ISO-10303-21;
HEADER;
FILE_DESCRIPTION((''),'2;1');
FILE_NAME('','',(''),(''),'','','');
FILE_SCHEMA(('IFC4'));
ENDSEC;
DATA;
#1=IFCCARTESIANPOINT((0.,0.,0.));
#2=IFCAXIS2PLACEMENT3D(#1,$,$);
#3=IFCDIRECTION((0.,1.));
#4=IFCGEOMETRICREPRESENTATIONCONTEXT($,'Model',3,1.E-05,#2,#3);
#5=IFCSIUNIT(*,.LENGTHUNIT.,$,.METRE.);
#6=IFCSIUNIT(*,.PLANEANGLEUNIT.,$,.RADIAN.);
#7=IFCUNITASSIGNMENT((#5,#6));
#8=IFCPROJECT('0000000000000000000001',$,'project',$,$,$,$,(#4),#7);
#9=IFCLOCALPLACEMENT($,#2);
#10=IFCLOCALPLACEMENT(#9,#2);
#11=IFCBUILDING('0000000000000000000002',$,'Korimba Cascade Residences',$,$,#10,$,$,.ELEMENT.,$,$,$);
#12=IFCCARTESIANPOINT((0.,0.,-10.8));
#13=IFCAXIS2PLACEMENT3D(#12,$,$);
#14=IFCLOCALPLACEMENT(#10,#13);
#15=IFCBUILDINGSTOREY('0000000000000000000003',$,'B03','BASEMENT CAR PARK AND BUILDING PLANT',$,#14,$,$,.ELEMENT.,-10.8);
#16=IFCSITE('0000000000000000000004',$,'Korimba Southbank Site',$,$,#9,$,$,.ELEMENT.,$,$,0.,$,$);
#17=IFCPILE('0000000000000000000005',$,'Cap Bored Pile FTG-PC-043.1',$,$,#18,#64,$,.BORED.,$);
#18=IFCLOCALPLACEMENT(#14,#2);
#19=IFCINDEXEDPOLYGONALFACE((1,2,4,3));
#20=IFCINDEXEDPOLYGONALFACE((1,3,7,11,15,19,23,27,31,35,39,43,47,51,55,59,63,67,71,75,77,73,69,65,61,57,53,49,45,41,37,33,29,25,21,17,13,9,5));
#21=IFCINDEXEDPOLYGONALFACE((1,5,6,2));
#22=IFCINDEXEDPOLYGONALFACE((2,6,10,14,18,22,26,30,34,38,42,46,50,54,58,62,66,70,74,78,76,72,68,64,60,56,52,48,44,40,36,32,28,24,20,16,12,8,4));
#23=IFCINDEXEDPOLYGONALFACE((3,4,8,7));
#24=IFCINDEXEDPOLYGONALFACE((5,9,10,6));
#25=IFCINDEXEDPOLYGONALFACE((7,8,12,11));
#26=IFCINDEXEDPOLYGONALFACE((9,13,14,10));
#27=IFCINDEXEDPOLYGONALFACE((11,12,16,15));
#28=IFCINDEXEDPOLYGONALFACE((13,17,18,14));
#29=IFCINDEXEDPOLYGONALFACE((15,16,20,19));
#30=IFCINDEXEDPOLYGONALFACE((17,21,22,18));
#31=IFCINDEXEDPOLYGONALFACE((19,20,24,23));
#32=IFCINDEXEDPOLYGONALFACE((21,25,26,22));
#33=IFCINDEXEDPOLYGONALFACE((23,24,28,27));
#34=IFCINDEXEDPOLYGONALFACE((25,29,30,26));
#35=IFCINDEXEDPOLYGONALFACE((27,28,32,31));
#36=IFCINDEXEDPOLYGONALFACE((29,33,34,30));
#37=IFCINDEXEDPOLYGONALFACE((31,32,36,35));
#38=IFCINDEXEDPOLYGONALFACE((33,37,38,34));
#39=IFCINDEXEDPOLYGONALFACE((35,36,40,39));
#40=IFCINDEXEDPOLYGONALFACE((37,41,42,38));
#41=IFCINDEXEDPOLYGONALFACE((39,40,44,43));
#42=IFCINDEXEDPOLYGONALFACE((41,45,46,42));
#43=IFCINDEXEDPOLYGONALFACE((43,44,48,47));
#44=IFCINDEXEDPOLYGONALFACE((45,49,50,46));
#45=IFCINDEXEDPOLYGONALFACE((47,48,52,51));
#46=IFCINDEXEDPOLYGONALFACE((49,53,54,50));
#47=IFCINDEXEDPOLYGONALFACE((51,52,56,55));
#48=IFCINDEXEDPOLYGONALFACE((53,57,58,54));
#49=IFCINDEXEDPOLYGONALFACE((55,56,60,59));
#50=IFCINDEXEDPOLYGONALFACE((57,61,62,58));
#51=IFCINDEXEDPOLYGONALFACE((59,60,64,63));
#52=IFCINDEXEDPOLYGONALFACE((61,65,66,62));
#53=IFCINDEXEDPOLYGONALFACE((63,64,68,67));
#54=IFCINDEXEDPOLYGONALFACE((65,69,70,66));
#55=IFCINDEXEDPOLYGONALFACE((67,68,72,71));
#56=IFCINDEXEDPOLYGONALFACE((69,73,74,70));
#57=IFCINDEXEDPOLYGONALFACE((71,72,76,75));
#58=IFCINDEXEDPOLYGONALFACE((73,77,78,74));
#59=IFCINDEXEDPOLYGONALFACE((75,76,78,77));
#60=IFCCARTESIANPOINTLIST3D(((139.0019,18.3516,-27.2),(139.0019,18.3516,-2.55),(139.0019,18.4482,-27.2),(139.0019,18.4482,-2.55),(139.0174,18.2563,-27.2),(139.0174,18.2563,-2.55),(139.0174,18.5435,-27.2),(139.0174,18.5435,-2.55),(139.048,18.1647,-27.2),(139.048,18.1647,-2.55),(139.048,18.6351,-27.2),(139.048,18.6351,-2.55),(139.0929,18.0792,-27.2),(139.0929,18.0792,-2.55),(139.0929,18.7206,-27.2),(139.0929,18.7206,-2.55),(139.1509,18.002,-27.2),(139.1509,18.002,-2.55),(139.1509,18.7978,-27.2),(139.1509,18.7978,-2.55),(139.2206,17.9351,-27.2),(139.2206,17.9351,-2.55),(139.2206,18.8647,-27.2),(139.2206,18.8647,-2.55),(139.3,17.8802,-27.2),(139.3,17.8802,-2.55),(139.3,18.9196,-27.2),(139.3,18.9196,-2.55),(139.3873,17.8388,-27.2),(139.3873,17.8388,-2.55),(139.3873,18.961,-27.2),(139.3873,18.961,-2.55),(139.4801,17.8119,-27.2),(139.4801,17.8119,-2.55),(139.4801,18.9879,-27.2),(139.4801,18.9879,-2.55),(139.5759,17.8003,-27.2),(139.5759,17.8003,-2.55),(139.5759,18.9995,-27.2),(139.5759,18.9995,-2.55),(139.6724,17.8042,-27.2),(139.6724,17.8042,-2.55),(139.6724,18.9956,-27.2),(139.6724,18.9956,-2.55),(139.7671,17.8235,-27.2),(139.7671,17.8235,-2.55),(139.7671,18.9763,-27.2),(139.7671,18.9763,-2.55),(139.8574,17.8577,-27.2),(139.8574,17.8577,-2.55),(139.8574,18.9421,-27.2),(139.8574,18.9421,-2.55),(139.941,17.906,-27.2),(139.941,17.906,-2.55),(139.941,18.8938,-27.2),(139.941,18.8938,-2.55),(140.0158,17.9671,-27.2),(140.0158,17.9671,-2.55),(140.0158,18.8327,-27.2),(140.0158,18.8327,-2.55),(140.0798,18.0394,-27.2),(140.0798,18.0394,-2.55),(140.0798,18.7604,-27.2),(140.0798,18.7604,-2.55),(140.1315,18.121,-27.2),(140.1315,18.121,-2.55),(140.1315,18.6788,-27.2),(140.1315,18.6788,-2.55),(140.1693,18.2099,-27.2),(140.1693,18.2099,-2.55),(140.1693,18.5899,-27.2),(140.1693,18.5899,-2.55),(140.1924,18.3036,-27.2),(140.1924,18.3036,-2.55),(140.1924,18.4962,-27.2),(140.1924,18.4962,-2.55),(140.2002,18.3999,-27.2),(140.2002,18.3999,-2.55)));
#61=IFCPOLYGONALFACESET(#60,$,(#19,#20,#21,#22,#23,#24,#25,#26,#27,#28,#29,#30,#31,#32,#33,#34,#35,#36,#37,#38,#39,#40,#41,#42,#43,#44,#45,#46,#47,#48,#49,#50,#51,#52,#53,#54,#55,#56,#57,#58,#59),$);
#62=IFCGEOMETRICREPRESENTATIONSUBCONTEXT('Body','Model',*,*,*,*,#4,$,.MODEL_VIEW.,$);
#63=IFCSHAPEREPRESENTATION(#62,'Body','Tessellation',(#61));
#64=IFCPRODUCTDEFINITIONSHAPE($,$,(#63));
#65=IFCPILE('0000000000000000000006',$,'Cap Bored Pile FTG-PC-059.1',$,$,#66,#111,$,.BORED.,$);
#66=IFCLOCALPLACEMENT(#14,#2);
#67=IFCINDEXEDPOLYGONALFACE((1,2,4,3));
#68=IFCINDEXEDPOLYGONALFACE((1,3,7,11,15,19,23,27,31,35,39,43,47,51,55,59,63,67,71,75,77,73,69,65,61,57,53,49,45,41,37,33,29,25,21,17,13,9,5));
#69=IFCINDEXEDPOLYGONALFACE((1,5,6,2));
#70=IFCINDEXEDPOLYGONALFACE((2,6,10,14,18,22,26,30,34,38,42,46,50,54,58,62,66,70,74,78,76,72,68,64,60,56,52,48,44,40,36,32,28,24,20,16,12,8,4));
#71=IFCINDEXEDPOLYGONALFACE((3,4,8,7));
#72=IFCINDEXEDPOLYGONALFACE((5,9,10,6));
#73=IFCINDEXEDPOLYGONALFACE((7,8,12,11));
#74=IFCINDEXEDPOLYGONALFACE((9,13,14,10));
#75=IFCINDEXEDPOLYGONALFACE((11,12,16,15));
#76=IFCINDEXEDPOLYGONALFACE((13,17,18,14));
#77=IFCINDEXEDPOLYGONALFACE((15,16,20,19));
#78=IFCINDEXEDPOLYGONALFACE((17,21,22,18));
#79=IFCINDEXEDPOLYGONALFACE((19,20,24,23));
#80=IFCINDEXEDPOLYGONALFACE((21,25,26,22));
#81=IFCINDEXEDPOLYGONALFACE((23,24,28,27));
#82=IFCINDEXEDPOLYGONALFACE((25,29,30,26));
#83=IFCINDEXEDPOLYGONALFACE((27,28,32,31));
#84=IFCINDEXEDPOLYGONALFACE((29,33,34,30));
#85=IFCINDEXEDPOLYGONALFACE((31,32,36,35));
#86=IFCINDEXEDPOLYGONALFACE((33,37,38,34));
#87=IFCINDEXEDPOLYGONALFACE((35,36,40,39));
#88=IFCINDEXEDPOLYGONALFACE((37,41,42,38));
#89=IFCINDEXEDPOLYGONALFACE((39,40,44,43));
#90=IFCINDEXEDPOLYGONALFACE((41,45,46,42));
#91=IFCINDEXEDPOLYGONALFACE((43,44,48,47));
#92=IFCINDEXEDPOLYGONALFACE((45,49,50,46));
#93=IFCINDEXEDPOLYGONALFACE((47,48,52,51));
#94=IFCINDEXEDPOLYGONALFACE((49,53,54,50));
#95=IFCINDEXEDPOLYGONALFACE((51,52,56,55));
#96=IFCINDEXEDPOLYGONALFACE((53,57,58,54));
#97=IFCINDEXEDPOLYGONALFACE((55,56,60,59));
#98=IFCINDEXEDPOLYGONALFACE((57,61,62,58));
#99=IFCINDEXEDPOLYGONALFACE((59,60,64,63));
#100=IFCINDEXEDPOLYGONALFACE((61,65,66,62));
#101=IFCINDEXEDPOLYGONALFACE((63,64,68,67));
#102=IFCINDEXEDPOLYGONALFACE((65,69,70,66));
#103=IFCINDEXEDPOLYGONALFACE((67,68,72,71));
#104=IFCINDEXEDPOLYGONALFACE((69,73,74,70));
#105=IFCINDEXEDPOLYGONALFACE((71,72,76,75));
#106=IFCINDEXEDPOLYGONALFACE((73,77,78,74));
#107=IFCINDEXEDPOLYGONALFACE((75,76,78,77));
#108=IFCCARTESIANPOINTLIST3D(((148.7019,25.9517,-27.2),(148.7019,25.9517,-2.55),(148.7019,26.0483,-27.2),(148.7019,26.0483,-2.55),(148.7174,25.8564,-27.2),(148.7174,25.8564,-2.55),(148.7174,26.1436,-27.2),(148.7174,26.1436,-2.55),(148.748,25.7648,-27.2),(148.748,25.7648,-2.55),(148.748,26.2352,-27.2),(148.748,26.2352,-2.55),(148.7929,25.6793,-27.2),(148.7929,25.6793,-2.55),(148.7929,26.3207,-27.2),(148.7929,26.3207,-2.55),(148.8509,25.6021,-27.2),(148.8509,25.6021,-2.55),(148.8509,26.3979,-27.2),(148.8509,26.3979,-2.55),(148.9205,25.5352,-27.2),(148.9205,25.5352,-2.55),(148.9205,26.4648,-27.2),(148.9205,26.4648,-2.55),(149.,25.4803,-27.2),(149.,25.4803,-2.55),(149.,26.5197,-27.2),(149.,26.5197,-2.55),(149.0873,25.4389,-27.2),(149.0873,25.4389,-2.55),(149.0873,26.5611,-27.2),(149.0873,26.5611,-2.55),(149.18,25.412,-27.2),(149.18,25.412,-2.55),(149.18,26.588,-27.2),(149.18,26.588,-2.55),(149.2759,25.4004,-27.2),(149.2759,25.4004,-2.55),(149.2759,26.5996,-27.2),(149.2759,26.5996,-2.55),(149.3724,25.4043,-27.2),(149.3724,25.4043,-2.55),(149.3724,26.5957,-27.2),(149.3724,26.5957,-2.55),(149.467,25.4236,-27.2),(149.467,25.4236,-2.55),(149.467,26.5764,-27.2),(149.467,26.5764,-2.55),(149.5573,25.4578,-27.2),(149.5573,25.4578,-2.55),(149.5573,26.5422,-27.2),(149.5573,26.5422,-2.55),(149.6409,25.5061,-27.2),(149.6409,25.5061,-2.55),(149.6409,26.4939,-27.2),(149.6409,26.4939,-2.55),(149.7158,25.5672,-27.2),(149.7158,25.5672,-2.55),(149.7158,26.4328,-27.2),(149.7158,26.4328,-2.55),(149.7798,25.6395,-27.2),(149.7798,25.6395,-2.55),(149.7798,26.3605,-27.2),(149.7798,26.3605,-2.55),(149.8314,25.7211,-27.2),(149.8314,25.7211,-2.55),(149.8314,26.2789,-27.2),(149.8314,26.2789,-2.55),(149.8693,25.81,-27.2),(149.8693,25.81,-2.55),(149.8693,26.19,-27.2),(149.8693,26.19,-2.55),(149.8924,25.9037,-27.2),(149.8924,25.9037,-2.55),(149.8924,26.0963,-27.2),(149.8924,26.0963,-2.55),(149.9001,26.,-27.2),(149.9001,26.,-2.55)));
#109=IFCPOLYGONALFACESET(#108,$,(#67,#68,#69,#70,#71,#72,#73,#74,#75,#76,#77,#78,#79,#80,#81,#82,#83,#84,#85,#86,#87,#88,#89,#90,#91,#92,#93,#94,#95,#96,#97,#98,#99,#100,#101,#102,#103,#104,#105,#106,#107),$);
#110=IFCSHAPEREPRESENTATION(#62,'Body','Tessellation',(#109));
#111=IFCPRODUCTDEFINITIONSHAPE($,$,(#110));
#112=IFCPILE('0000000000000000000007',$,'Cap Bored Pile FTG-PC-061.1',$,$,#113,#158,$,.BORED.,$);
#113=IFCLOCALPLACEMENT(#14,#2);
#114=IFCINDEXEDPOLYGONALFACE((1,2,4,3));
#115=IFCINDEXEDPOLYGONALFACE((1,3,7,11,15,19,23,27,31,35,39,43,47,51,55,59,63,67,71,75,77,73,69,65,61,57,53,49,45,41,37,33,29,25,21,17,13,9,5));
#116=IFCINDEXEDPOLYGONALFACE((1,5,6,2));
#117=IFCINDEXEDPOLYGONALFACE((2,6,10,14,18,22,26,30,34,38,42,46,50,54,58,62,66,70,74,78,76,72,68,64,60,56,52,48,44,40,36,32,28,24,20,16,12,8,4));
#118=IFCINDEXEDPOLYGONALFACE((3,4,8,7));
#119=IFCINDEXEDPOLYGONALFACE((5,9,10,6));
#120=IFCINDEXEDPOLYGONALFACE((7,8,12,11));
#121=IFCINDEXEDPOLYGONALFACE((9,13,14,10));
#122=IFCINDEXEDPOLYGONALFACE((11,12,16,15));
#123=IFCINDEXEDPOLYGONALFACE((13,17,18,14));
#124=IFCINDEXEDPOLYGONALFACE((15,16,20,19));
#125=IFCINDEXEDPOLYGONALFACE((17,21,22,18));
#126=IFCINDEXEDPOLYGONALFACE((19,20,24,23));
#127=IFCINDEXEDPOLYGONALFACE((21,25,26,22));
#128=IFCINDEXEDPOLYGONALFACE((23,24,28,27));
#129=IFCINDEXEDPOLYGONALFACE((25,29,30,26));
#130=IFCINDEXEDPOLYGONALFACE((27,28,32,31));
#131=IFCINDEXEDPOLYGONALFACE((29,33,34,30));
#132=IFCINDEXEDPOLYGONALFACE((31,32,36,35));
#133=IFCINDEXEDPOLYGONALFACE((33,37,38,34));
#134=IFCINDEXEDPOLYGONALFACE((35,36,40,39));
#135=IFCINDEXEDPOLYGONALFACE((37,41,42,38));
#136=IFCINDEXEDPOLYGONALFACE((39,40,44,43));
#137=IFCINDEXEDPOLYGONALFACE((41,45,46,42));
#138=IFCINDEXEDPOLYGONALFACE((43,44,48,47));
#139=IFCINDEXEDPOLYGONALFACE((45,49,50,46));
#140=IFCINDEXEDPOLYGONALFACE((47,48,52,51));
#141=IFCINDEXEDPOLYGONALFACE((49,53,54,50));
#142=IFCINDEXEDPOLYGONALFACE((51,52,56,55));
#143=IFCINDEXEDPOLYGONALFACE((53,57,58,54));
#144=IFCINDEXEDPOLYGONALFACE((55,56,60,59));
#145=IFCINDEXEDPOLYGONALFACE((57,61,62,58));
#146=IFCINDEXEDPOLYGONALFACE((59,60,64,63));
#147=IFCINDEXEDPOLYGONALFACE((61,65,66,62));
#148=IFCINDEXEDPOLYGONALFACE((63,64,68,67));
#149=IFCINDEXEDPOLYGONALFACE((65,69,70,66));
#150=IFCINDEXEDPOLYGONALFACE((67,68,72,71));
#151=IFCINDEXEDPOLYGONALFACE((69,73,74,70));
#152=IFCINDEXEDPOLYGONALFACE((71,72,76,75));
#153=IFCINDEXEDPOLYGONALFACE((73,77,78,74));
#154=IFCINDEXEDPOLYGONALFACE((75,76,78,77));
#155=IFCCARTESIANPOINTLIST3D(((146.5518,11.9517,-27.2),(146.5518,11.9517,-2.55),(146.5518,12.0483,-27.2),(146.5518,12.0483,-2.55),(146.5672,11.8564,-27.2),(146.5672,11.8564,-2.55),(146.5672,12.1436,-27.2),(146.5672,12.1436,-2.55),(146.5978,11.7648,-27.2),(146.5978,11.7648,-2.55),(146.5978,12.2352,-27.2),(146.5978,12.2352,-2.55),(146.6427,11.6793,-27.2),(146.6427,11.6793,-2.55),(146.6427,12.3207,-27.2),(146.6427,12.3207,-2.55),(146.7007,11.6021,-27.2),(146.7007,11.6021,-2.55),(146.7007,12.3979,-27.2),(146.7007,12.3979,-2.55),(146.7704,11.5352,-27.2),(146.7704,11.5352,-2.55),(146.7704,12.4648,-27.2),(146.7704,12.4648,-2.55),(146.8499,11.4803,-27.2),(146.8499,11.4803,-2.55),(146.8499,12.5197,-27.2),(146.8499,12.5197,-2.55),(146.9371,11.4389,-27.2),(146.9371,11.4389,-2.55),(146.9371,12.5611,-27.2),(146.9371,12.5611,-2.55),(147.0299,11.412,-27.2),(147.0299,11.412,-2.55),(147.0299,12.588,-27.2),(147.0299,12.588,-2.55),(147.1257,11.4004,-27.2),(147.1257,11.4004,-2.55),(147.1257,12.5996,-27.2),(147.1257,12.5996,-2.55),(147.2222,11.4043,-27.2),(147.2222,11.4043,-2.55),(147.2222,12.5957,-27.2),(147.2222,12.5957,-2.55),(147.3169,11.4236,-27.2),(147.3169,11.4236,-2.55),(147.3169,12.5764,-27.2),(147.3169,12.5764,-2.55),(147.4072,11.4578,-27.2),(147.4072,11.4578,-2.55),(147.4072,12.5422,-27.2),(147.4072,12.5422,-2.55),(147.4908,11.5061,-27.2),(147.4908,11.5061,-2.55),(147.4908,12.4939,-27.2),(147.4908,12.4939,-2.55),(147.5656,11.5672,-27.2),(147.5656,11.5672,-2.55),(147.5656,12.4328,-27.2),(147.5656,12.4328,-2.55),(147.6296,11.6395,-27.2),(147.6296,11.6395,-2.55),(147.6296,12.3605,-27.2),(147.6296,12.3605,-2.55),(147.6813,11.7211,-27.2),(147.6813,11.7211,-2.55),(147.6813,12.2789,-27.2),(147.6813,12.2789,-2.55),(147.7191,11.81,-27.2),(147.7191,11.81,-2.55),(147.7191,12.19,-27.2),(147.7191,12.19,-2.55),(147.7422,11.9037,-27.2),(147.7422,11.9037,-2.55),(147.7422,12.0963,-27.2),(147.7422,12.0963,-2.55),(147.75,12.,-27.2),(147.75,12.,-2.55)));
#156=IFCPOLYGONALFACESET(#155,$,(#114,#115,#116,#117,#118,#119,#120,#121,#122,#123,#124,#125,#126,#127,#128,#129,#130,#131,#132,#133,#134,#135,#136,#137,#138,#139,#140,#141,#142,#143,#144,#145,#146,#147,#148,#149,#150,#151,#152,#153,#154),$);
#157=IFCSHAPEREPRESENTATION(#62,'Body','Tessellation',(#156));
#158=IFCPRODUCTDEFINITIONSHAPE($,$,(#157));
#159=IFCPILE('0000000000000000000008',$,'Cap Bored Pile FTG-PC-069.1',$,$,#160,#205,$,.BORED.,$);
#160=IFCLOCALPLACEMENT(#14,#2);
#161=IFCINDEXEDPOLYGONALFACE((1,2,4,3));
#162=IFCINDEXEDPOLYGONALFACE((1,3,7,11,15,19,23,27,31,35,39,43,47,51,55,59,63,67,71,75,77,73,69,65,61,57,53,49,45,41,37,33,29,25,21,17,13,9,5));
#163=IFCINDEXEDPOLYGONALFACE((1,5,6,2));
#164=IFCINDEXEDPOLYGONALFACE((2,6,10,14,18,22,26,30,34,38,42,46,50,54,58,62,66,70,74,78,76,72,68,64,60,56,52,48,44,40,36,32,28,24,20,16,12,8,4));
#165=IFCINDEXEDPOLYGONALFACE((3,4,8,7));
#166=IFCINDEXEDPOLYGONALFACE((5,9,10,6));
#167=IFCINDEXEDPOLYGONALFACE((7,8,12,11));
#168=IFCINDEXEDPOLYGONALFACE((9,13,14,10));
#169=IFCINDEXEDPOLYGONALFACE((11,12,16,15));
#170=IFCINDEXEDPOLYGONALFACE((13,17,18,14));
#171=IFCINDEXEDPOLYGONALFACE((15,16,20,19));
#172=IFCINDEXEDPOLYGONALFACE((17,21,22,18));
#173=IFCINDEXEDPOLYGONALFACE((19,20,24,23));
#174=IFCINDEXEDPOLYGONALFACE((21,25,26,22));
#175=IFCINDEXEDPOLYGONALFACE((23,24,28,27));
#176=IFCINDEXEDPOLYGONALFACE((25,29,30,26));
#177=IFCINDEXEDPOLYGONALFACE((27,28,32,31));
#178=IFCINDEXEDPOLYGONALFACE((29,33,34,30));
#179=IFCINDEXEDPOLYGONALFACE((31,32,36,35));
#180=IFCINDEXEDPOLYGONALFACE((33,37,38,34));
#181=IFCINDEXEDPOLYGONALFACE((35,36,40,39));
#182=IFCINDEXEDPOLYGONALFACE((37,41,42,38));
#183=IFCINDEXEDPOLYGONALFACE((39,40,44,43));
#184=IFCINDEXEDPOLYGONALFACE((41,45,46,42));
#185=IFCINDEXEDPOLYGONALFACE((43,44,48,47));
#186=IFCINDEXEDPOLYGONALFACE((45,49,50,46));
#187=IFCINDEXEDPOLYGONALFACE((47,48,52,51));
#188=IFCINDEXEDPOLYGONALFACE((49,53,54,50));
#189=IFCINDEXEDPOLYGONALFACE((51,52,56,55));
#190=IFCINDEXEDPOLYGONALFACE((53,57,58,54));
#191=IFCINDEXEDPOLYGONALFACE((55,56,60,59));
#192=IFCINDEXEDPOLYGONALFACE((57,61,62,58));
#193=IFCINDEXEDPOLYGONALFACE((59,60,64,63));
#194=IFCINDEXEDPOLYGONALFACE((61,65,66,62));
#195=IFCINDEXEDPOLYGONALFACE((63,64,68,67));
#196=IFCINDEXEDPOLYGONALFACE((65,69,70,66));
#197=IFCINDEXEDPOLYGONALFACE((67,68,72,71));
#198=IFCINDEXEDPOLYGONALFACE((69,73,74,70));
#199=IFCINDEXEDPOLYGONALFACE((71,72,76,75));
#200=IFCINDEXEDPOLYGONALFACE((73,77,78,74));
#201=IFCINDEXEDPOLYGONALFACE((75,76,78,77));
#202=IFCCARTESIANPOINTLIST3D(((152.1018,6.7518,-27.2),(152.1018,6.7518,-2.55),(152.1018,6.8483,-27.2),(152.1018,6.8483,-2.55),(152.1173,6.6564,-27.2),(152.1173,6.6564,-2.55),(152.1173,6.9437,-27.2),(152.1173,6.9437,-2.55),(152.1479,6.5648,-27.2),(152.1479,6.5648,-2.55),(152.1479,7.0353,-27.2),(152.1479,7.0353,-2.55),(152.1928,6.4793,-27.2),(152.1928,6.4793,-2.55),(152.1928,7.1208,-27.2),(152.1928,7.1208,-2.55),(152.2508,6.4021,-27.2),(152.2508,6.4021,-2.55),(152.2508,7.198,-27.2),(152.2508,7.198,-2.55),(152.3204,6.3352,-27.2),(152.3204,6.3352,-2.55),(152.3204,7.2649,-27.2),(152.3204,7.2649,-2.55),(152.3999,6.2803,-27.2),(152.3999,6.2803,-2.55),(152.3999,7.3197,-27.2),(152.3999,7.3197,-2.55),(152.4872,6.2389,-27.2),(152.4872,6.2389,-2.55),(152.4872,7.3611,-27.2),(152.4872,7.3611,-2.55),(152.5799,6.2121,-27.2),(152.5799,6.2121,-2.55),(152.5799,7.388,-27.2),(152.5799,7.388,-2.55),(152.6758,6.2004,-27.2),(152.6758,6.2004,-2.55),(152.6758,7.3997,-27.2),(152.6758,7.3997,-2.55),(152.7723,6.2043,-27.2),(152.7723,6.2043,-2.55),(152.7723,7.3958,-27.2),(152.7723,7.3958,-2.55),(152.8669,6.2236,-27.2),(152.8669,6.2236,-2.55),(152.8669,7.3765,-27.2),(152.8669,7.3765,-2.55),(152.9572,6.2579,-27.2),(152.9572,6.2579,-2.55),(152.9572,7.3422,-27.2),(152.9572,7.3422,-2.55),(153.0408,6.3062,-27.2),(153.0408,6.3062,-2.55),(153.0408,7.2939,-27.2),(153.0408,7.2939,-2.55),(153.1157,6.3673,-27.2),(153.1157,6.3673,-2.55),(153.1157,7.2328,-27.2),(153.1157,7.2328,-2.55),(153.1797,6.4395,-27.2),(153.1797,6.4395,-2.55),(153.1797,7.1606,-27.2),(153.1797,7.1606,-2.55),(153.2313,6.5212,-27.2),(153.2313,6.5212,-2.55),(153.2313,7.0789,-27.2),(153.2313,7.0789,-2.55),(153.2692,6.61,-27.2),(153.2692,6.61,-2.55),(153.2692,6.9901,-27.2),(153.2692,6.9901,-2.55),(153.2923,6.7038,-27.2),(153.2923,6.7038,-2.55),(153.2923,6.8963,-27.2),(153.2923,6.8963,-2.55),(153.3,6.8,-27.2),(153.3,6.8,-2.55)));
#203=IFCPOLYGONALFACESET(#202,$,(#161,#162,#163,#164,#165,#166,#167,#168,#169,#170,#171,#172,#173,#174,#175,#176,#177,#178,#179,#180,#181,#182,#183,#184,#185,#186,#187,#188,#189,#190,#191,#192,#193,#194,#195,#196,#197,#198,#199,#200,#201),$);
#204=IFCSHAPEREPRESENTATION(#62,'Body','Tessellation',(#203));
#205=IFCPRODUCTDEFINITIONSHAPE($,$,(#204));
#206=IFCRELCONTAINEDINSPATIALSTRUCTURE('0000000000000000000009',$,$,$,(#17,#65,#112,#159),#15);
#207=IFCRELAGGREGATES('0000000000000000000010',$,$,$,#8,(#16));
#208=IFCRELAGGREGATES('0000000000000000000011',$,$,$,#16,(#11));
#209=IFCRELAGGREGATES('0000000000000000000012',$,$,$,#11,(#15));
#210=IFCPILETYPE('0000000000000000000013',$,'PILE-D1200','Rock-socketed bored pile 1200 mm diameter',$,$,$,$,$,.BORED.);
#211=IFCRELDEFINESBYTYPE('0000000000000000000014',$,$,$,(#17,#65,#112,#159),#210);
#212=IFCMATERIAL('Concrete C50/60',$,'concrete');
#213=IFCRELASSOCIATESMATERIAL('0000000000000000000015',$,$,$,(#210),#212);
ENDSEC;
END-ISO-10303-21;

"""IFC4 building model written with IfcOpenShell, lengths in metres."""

from ifc_helpers import new_model, si_unit, direction, frame, origin, origin_2d, place, context, subcontext, project, spatial, circle, extrude, material, material_profile, profile_set, type_object, element, save


model = new_model("IFC4")

# Units and contexts
model_context = context("Model", 3, precision=1e-05, world=origin(), true_north=direction((0.0, 1.0)))
body_context = subcontext(model_context, "Body", "Model", "MODEL_VIEW")
ifc_project = project(units=[si_unit("LENGTHUNIT", "METRE"), si_unit("PLANEANGLEUNIT", "RADIAN")], contexts=[model_context])

# Site, building, storey
site_placement = place(None, origin())
site = spatial("IfcSite", under=ifc_project, at=site_placement, Name="Korimba Southbank Site", CompositionType="ELEMENT", RefElevation=0.0)
building_placement = place(site_placement, origin())
building = spatial("IfcBuilding", under=site, at=building_placement, Name="Korimba Cascade Residences", CompositionType="ELEMENT")
storey_placement = place(building_placement, frame((0.0, 0.0, -10.8)))
storey = spatial("IfcBuildingStorey", under=building, at=storey_placement, Name="B03", Description="BASEMENT CAR PARK AND BUILDING PLANT", CompositionType="ELEMENT", Elevation=-10.8)

# Piles
ifc_material_1 = material(Name="Concrete C50/60", Category="concrete")
ifc_material_profile_1 = material_profile(ifc_material_1, circle(Radius=0.6001, at=origin_2d()), Name="Concrete C50/60")
ifc_profile_set_1 = profile_set([ifc_material_profile_1], Name="Concrete C50/60")
pile_type = type_object("IfcPileType", Name="PILE-D1200", Description="Rock-socketed bored pile 1200 mm diameter", PredefinedType="BORED", material=ifc_profile_set_1)
for number, where, z_axis, x_axis, name in (
    (1, (139.6001, 18.3999, -2.55), (0.0, 0.0, -1.0), (1.0, 0.0, 0.0), "Cap Bored Pile FTG-PC-043.1"),
    (2, (149.3, 26.0, -2.55), (0.0, 0.0, -1.0), (1.0, 0.0, 0.0), "Cap Bored Pile FTG-PC-059.1"),
    (3, (147.1499, 12.0, -2.55), (0.0, 0.0, -1.0), (1.0, 0.0, 0.0), "Cap Bored Pile FTG-PC-061.1"),
    (4, (152.7, 6.8, -2.55), (0.0, 0.0, -1.0), (1.0, 0.0, 0.0), "Cap Bored Pile FTG-PC-069.1"),
):
    element("IfcPile", number, at=place(storey_placement, frame(where, z_axis=z_axis, x_axis=x_axis)), inside=storey, type_object=pile_type, Name=name, PredefinedType="BORED", context=body_context, shape_type="SweptSolid", body=[
        extrude(circle(Radius=0.6001, at=origin_2d()), origin(), (0.0, 0.0, 1.0), 24.6499),
    ])

save(model, "model.ifc")
